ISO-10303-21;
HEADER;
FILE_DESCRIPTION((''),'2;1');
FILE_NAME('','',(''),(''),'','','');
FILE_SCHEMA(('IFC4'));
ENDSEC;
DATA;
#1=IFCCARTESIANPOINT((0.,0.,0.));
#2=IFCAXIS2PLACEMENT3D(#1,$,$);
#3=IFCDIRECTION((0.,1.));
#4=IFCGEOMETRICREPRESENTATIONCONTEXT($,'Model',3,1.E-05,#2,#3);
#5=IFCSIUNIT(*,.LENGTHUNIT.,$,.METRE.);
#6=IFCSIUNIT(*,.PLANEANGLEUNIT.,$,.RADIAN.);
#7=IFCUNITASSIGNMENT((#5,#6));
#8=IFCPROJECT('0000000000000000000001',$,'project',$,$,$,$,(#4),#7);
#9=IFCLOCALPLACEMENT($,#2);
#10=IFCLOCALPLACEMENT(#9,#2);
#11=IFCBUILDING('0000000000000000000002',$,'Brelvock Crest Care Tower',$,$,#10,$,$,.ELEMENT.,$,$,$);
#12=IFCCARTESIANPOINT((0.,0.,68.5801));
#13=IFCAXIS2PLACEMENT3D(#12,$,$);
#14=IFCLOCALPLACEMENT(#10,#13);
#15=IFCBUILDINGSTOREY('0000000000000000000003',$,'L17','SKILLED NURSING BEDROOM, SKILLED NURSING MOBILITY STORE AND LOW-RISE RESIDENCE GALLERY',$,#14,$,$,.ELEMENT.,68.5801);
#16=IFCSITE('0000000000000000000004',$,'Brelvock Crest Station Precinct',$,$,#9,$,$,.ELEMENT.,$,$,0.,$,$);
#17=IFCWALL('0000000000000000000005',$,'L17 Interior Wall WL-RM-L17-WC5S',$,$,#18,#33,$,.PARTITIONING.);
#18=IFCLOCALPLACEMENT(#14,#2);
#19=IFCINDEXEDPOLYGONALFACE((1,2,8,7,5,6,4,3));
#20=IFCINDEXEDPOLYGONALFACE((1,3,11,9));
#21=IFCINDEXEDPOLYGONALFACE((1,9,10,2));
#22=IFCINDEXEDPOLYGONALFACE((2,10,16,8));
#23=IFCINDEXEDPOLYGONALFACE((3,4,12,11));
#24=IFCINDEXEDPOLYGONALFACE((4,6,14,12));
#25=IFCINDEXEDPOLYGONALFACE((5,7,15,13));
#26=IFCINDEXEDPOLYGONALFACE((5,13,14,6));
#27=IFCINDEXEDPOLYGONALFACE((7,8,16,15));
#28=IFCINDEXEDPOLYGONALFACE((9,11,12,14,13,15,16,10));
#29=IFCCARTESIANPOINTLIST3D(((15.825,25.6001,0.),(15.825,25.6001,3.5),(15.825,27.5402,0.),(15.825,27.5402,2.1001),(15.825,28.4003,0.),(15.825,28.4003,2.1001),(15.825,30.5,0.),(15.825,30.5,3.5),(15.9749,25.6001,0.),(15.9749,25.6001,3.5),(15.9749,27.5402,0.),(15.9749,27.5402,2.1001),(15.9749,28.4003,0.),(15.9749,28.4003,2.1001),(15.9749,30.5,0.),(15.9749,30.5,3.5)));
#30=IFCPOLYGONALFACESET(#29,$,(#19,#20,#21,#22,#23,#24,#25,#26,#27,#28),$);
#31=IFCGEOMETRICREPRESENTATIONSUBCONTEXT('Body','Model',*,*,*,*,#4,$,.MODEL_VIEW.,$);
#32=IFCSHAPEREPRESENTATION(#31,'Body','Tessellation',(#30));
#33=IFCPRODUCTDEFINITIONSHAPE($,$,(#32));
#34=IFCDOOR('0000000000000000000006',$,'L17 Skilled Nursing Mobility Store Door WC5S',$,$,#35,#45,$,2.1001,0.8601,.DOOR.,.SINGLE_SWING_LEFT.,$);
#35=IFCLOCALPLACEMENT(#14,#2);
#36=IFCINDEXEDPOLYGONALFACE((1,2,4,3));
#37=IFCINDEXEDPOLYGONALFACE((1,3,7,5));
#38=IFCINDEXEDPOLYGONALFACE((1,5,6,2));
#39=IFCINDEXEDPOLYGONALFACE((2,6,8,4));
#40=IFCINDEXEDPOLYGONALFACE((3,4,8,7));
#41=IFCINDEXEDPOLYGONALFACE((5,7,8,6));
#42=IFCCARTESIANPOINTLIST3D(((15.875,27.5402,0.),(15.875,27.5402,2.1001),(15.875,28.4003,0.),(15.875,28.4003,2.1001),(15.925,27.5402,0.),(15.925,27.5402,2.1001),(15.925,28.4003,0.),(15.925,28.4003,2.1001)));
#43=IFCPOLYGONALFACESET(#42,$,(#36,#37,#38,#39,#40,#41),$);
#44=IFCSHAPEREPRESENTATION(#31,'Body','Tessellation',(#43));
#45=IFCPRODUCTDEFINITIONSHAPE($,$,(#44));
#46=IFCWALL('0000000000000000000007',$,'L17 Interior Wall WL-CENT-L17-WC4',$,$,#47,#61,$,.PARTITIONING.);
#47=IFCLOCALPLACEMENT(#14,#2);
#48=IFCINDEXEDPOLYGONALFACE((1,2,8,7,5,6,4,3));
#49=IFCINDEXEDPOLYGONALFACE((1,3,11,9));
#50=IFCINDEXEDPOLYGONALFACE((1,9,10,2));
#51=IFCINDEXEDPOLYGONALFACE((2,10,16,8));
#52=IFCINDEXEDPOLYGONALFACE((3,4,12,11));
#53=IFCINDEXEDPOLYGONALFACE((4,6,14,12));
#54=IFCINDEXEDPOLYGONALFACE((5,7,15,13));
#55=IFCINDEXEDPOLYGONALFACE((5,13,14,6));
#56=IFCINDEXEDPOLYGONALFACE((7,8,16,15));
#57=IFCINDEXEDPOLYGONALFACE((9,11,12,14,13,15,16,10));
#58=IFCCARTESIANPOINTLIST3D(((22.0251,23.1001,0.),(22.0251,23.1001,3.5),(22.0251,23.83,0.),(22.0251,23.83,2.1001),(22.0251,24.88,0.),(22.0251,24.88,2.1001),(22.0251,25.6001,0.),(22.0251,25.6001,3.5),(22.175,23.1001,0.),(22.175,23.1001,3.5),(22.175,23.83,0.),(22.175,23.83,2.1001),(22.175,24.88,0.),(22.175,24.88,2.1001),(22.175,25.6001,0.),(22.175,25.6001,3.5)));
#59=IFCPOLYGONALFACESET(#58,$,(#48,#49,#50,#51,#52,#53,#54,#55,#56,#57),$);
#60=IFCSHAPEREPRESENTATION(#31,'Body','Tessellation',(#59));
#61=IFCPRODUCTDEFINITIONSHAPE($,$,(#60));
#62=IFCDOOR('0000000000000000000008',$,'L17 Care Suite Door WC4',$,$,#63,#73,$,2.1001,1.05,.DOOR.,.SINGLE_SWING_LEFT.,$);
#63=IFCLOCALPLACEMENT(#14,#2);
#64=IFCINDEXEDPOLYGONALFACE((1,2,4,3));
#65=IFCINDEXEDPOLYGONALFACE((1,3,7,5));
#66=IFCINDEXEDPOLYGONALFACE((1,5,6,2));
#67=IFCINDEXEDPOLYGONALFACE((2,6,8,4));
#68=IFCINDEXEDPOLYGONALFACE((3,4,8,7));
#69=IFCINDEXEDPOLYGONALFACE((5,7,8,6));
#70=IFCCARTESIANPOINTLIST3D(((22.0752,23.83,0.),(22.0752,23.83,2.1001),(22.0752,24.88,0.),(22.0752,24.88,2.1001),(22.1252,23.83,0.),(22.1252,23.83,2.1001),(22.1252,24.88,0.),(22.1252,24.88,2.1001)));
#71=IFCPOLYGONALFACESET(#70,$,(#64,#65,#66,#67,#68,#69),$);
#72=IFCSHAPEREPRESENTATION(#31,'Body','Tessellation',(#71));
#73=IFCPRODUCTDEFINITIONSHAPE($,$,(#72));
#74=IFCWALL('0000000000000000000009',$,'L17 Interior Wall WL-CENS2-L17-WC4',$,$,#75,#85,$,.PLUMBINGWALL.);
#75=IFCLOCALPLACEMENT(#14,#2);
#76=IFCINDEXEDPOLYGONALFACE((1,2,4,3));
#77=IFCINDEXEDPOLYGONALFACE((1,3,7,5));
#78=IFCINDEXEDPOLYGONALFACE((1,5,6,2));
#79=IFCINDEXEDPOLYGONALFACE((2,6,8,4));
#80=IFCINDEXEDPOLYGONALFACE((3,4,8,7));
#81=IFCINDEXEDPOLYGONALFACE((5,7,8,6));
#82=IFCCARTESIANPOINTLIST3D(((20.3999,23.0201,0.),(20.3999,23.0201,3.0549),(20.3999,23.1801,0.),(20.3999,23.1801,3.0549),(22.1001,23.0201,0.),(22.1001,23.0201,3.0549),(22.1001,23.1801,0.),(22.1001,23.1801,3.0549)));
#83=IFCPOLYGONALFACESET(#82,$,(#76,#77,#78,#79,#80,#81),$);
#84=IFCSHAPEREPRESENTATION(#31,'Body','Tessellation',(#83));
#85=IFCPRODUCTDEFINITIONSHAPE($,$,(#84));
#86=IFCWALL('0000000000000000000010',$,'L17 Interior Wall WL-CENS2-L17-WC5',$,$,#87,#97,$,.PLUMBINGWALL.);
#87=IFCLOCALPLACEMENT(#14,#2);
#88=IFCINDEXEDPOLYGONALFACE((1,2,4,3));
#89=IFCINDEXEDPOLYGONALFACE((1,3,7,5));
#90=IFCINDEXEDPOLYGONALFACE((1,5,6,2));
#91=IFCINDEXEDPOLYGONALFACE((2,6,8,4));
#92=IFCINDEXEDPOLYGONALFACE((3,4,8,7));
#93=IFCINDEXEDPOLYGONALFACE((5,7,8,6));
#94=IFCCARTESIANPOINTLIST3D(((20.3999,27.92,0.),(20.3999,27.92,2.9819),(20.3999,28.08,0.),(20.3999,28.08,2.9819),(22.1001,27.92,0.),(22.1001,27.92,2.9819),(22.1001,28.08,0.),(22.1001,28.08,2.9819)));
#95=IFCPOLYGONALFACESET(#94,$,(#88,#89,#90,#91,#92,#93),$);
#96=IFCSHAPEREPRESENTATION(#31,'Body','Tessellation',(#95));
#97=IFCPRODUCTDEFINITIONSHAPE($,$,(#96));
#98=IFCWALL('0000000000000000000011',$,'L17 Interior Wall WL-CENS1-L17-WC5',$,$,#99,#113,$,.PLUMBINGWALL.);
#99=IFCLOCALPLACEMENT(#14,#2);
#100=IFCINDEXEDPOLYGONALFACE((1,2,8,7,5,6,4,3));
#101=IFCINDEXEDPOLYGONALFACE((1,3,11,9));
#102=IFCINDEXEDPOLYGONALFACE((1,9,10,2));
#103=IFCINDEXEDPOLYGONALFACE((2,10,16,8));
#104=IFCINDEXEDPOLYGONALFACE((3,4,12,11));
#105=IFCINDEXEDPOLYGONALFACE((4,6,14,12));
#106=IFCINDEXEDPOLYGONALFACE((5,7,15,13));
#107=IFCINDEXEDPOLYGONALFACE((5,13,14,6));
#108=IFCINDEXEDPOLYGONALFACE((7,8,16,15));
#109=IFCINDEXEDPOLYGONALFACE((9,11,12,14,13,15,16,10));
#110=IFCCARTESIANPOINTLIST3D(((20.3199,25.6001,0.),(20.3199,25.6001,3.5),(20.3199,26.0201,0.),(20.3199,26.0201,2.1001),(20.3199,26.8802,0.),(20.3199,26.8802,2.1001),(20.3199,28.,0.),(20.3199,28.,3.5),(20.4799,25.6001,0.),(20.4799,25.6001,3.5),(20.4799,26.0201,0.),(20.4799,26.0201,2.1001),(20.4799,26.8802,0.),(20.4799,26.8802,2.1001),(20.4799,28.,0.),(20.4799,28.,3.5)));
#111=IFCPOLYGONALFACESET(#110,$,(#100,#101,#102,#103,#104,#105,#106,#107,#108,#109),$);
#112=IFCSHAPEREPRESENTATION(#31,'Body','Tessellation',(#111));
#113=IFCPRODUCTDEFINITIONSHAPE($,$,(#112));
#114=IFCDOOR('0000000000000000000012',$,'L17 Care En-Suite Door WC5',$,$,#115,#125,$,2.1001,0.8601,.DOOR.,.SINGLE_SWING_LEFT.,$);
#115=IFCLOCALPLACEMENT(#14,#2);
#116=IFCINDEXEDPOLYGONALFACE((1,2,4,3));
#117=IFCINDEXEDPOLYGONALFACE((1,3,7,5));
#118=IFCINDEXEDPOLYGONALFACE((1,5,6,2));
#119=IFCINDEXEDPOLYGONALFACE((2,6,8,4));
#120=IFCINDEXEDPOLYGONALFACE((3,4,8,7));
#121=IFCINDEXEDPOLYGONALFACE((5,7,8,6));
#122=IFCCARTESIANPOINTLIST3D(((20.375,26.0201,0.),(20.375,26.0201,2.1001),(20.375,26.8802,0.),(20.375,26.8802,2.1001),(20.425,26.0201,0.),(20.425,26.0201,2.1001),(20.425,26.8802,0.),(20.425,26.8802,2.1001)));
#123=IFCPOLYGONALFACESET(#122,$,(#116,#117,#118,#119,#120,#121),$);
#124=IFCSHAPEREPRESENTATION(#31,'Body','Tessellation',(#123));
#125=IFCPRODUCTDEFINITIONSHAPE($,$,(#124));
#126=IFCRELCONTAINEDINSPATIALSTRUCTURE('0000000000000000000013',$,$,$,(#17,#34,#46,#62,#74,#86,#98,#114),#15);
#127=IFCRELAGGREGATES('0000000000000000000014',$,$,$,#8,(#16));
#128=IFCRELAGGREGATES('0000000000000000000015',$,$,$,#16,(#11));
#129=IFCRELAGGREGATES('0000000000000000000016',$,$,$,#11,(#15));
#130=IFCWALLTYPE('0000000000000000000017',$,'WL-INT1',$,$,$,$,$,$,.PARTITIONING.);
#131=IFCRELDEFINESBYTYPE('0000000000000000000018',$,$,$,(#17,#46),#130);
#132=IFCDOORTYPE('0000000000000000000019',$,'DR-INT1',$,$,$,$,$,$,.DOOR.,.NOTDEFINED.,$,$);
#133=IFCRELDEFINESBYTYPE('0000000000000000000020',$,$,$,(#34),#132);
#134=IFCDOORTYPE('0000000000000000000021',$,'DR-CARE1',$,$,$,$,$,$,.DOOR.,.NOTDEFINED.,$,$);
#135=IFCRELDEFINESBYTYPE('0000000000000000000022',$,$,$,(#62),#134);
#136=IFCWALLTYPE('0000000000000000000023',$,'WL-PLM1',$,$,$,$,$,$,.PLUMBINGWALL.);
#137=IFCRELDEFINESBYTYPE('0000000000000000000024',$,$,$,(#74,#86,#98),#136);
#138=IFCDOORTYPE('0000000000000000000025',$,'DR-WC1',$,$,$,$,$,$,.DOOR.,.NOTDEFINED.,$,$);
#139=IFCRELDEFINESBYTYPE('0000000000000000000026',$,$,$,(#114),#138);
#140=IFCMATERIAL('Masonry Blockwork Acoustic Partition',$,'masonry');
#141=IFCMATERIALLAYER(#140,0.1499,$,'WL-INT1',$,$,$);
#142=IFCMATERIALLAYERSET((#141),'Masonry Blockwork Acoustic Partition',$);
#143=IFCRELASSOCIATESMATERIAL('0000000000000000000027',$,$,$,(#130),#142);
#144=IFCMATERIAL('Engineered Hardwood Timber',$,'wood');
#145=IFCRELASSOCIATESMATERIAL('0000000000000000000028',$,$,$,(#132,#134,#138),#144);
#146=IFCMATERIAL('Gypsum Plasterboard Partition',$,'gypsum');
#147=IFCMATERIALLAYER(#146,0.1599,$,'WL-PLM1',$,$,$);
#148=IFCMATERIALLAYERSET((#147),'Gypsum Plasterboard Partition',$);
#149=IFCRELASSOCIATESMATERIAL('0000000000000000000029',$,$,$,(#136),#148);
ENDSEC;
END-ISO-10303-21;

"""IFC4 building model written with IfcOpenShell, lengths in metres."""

from ifc_helpers import new_model, si_unit, direction, frame, frame_2d, origin, origin_2d, place, context, subcontext, project, spatial, rectangle, extrude, source, transform, mapped, material, layer, layer_set, type_object, element, fill, save


model = new_model("IFC4")

# Units and contexts
model_context = context("Model", 3, precision=1e-05, world=origin(), true_north=direction((0.0, 1.0)))
body_context = subcontext(model_context, "Body", "Model", "MODEL_VIEW")
ifc_project = project(units=[si_unit("LENGTHUNIT", "METRE"), si_unit("PLANEANGLEUNIT", "RADIAN")], contexts=[model_context])

# Site, building, storey
site_placement = place(None, origin())
site = spatial("IfcSite", under=ifc_project, at=site_placement, Name="Brelvock Crest Station Precinct", CompositionType="ELEMENT", RefElevation=0.0)
building_placement = place(site_placement, origin())
building = spatial("IfcBuilding", under=site, at=building_placement, Name="Brelvock Crest Care Tower", CompositionType="ELEMENT")
storey_placement = place(building_placement, frame((0.0, 0.0, 68.5801)))
storey = spatial("IfcBuildingStorey", under=building, at=storey_placement, Name="L17", Description="SKILLED NURSING BEDROOM, SKILLED NURSING MOBILITY STORE AND LOW-RISE RESIDENCE GALLERY", CompositionType="ELEMENT", Elevation=68.5801)

# Shared definitions
ifc_material_1 = material(Name="Masonry Blockwork Acoustic Partition", Category="masonry")
ifc_layer_1 = layer(ifc_material_1, 0.1499, Name="WL-INT1")
ifc_layer_set_1 = layer_set([ifc_layer_1], Name="Masonry Blockwork Acoustic Partition")
wall_type_1 = type_object("IfcWallType", Name="WL-INT1", PredefinedType="PARTITIONING", material=ifc_layer_set_1)

# Walls, openings, doors
wall_1_placement = place(storey_placement, frame((15.8999, 25.6001, 0.0), z_axis=(0.0, 0.0, 1.0), x_axis=(0.0, 1.0, 0.0)))
wall_1 = element("IfcWall", 1, at=wall_1_placement, inside=storey, type_object=wall_type_1, Name="L17 Interior Wall WL-RM-L17-WC5S", PredefinedType="PARTITIONING", context=body_context, shape_type="SweptSolid", body=[
    extrude(rectangle(XDim=4.8999, YDim=0.1499, at=frame_2d((2.45, 0.0))), origin(), (0.0, 0.0, 1.0), 3.5),
])
opening_1_placement = place(wall_1_placement, frame((1.9399, 0.0, 0.0)))
opening_1 = element("IfcOpeningElement", 2, at=opening_1_placement, cuts=wall_1, PredefinedType="OPENING", context=body_context, shape_type="SweptSolid", body=[
    extrude(rectangle(XDim=0.8601, YDim=2.1001, at=origin_2d()), frame((0.4302, 0.085, 1.05), z_axis=(0.0, -1.0, 0.0), x_axis=(1.0, 0.0, 0.0)), (0.0, 0.0, 1.0), 0.1699),
])
ifc_material_2 = material(Name="Engineered Hardwood Timber", Category="wood")
door_type_1 = type_object("IfcDoorType", Name="DR-INT1", OperationType="NOTDEFINED", PredefinedType="DOOR", material=ifc_material_2)
shared_shape_1 = source(origin(), body_context, "Body", "SweptSolid", [
    extrude(rectangle(XDim=0.8601, YDim=2.1001, at=origin_2d()), frame((0.4302, 0.0249, 1.05), z_axis=(0.0, -1.0, 0.0), x_axis=(1.0, 0.0, 0.0)), (0.0, 0.0, 1.0), 0.05),
])
door_1_placement = place(opening_1_placement, origin())
door_1 = element("IfcDoor", 3, at=door_1_placement, inside=storey, type_object=door_type_1, Name="L17 Skilled Nursing Mobility Store Door WC5S", OperationType="SINGLE_SWING_LEFT", OverallHeight=2.1001, OverallWidth=0.8601, PredefinedType="DOOR", context=body_context, shape_type="MappedRepresentation", body=[
    mapped(shared_shape_1, transform((0.0, 0.0, 0.0), x_axis=(1.0, 0.0, 0.0), y_axis=(0.0, 1.0, 0.0), z_axis=(0.0, 0.0, 1.0), scale=1.0)),
])
fill(opening_1, door_1)
wall_2_placement = place(storey_placement, frame((22.1001, 23.1001, 0.0), z_axis=(0.0, 0.0, 1.0), x_axis=(0.0, 1.0, 0.0)))
wall_2 = element("IfcWall", 4, at=wall_2_placement, inside=storey, type_object=wall_type_1, Name="L17 Interior Wall WL-CENT-L17-WC4", PredefinedType="PARTITIONING", context=body_context, shape_type="SweptSolid", body=[
    extrude(rectangle(XDim=2.5, YDim=0.1499, at=frame_2d((1.25, 0.0))), origin(), (0.0, 0.0, 1.0), 3.5),
])
opening_2_placement = place(wall_2_placement, frame((0.73, 0.0, 0.0)))
opening_2 = element("IfcOpeningElement", 5, at=opening_2_placement, cuts=wall_2, PredefinedType="OPENING", context=body_context, shape_type="SweptSolid", body=[
    extrude(rectangle(XDim=1.05, YDim=2.1001, at=origin_2d()), frame((0.5249, 0.085, 1.05), z_axis=(0.0, -1.0, 0.0), x_axis=(1.0, 0.0, 0.0)), (0.0, 0.0, 1.0), 0.1699),
])
door_type_2 = type_object("IfcDoorType", Name="DR-CARE1", OperationType="NOTDEFINED", PredefinedType="DOOR", material=ifc_material_2)
shared_shape_2 = source(origin(), body_context, "Body", "SweptSolid", [
    extrude(rectangle(XDim=1.05, YDim=2.1001, at=origin_2d()), frame((0.5249, 0.0249, 1.05), z_axis=(0.0, -1.0, 0.0), x_axis=(1.0, 0.0, 0.0)), (0.0, 0.0, 1.0), 0.05),
])
door_2_placement = place(opening_2_placement, origin())
door_2 = element("IfcDoor", 6, at=door_2_placement, inside=storey, type_object=door_type_2, Name="L17 Care Suite Door WC4", OperationType="SINGLE_SWING_LEFT", OverallHeight=2.1001, OverallWidth=1.05, PredefinedType="DOOR", context=body_context, shape_type="MappedRepresentation", body=[
    mapped(shared_shape_2, transform((0.0, 0.0, 0.0), x_axis=(1.0, 0.0, 0.0), y_axis=(0.0, 1.0, 0.0), z_axis=(0.0, 0.0, 1.0), scale=1.0)),
])
fill(opening_2, door_2)

# Walls
ifc_material_3 = material(Name="Gypsum Plasterboard Partition", Category="gypsum")
ifc_layer_2 = layer(ifc_material_3, 0.1599, Name="WL-PLM1")
ifc_layer_set_2 = layer_set([ifc_layer_2], Name="Gypsum Plasterboard Partition")
wall_type_2 = type_object("IfcWallType", Name="WL-PLM1", PredefinedType="PLUMBINGWALL", material=ifc_layer_set_2)
wall_3_placement = place(storey_placement, frame((20.3999, 23.1001, 0.0), z_axis=(0.0, 0.0, 1.0), x_axis=(1.0, 0.0, 0.0)))
element("IfcWall", 7, at=wall_3_placement, inside=storey, type_object=wall_type_2, Name="L17 Interior Wall WL-CENS2-L17-WC4", PredefinedType="PLUMBINGWALL", context=body_context, shape_type="SweptSolid", body=[
    extrude(rectangle(XDim=1.7002, YDim=0.1599, at=frame_2d((0.8501, 0.0))), origin(), (0.0, 0.0, 1.0), 3.0549),
])
wall_4_placement = place(storey_placement, frame((20.3999, 28.0, 0.0), z_axis=(0.0, 0.0, 1.0), x_axis=(1.0, 0.0, 0.0)))
element("IfcWall", 8, at=wall_4_placement, inside=storey, type_object=wall_type_2, Name="L17 Interior Wall WL-CENS2-L17-WC5", PredefinedType="PLUMBINGWALL", context=body_context, shape_type="SweptSolid", body=[
    extrude(rectangle(XDim=1.7002, YDim=0.1599, at=frame_2d((0.8501, 0.0))), origin(), (0.0, 0.0, 1.0), 2.9819),
])

# Wall, opening, door
wall_5_placement = place(storey_placement, frame((20.3999, 25.6001, 0.0), z_axis=(0.0, 0.0, 1.0), x_axis=(0.0, 1.0, 0.0)))
wall_5 = element("IfcWall", 9, at=wall_5_placement, inside=storey, type_object=wall_type_2, Name="L17 Interior Wall WL-CENS1-L17-WC5", PredefinedType="PLUMBINGWALL", context=body_context, shape_type="SweptSolid", body=[
    extrude(rectangle(XDim=2.3999, YDim=0.1599, at=frame_2d((1.2, 0.0))), origin(), (0.0, 0.0, 1.0), 3.5),
])
opening_3_placement = place(wall_5_placement, frame((0.4199, 0.0, 0.0)))
opening_3 = element("IfcOpeningElement", 10, at=opening_3_placement, cuts=wall_5, PredefinedType="OPENING", context=body_context, shape_type="SweptSolid", body=[
    extrude(rectangle(XDim=0.8601, YDim=2.1001, at=origin_2d()), frame((0.4302, 0.0898, 1.05), z_axis=(0.0, -1.0, 0.0), x_axis=(1.0, 0.0, 0.0)), (0.0, 0.0, 1.0), 0.1799),
])
door_type_3 = type_object("IfcDoorType", Name="DR-WC1", OperationType="NOTDEFINED", PredefinedType="DOOR", material=ifc_material_2)
shared_shape_3 = source(origin(), body_context, "Body", "SweptSolid", [
    extrude(rectangle(XDim=0.8601, YDim=2.1001, at=origin_2d()), frame((0.4302, 0.0249, 1.05), z_axis=(0.0, -1.0, 0.0), x_axis=(1.0, 0.0, 0.0)), (0.0, 0.0, 1.0), 0.05),
])
door_3_placement = place(opening_3_placement, origin())
door_3 = element("IfcDoor", 11, at=door_3_placement, inside=storey, type_object=door_type_3, Name="L17 Care En-Suite Door WC5", OperationType="SINGLE_SWING_LEFT", OverallHeight=2.1001, OverallWidth=0.8601, PredefinedType="DOOR", context=body_context, shape_type="MappedRepresentation", body=[
    mapped(shared_shape_3, transform((0.0, 0.0, 0.0), x_axis=(1.0, 0.0, 0.0), y_axis=(0.0, 1.0, 0.0), z_axis=(0.0, 0.0, 1.0), scale=1.0)),
])
fill(opening_3, door_3)

save(model, "model.ifc")
